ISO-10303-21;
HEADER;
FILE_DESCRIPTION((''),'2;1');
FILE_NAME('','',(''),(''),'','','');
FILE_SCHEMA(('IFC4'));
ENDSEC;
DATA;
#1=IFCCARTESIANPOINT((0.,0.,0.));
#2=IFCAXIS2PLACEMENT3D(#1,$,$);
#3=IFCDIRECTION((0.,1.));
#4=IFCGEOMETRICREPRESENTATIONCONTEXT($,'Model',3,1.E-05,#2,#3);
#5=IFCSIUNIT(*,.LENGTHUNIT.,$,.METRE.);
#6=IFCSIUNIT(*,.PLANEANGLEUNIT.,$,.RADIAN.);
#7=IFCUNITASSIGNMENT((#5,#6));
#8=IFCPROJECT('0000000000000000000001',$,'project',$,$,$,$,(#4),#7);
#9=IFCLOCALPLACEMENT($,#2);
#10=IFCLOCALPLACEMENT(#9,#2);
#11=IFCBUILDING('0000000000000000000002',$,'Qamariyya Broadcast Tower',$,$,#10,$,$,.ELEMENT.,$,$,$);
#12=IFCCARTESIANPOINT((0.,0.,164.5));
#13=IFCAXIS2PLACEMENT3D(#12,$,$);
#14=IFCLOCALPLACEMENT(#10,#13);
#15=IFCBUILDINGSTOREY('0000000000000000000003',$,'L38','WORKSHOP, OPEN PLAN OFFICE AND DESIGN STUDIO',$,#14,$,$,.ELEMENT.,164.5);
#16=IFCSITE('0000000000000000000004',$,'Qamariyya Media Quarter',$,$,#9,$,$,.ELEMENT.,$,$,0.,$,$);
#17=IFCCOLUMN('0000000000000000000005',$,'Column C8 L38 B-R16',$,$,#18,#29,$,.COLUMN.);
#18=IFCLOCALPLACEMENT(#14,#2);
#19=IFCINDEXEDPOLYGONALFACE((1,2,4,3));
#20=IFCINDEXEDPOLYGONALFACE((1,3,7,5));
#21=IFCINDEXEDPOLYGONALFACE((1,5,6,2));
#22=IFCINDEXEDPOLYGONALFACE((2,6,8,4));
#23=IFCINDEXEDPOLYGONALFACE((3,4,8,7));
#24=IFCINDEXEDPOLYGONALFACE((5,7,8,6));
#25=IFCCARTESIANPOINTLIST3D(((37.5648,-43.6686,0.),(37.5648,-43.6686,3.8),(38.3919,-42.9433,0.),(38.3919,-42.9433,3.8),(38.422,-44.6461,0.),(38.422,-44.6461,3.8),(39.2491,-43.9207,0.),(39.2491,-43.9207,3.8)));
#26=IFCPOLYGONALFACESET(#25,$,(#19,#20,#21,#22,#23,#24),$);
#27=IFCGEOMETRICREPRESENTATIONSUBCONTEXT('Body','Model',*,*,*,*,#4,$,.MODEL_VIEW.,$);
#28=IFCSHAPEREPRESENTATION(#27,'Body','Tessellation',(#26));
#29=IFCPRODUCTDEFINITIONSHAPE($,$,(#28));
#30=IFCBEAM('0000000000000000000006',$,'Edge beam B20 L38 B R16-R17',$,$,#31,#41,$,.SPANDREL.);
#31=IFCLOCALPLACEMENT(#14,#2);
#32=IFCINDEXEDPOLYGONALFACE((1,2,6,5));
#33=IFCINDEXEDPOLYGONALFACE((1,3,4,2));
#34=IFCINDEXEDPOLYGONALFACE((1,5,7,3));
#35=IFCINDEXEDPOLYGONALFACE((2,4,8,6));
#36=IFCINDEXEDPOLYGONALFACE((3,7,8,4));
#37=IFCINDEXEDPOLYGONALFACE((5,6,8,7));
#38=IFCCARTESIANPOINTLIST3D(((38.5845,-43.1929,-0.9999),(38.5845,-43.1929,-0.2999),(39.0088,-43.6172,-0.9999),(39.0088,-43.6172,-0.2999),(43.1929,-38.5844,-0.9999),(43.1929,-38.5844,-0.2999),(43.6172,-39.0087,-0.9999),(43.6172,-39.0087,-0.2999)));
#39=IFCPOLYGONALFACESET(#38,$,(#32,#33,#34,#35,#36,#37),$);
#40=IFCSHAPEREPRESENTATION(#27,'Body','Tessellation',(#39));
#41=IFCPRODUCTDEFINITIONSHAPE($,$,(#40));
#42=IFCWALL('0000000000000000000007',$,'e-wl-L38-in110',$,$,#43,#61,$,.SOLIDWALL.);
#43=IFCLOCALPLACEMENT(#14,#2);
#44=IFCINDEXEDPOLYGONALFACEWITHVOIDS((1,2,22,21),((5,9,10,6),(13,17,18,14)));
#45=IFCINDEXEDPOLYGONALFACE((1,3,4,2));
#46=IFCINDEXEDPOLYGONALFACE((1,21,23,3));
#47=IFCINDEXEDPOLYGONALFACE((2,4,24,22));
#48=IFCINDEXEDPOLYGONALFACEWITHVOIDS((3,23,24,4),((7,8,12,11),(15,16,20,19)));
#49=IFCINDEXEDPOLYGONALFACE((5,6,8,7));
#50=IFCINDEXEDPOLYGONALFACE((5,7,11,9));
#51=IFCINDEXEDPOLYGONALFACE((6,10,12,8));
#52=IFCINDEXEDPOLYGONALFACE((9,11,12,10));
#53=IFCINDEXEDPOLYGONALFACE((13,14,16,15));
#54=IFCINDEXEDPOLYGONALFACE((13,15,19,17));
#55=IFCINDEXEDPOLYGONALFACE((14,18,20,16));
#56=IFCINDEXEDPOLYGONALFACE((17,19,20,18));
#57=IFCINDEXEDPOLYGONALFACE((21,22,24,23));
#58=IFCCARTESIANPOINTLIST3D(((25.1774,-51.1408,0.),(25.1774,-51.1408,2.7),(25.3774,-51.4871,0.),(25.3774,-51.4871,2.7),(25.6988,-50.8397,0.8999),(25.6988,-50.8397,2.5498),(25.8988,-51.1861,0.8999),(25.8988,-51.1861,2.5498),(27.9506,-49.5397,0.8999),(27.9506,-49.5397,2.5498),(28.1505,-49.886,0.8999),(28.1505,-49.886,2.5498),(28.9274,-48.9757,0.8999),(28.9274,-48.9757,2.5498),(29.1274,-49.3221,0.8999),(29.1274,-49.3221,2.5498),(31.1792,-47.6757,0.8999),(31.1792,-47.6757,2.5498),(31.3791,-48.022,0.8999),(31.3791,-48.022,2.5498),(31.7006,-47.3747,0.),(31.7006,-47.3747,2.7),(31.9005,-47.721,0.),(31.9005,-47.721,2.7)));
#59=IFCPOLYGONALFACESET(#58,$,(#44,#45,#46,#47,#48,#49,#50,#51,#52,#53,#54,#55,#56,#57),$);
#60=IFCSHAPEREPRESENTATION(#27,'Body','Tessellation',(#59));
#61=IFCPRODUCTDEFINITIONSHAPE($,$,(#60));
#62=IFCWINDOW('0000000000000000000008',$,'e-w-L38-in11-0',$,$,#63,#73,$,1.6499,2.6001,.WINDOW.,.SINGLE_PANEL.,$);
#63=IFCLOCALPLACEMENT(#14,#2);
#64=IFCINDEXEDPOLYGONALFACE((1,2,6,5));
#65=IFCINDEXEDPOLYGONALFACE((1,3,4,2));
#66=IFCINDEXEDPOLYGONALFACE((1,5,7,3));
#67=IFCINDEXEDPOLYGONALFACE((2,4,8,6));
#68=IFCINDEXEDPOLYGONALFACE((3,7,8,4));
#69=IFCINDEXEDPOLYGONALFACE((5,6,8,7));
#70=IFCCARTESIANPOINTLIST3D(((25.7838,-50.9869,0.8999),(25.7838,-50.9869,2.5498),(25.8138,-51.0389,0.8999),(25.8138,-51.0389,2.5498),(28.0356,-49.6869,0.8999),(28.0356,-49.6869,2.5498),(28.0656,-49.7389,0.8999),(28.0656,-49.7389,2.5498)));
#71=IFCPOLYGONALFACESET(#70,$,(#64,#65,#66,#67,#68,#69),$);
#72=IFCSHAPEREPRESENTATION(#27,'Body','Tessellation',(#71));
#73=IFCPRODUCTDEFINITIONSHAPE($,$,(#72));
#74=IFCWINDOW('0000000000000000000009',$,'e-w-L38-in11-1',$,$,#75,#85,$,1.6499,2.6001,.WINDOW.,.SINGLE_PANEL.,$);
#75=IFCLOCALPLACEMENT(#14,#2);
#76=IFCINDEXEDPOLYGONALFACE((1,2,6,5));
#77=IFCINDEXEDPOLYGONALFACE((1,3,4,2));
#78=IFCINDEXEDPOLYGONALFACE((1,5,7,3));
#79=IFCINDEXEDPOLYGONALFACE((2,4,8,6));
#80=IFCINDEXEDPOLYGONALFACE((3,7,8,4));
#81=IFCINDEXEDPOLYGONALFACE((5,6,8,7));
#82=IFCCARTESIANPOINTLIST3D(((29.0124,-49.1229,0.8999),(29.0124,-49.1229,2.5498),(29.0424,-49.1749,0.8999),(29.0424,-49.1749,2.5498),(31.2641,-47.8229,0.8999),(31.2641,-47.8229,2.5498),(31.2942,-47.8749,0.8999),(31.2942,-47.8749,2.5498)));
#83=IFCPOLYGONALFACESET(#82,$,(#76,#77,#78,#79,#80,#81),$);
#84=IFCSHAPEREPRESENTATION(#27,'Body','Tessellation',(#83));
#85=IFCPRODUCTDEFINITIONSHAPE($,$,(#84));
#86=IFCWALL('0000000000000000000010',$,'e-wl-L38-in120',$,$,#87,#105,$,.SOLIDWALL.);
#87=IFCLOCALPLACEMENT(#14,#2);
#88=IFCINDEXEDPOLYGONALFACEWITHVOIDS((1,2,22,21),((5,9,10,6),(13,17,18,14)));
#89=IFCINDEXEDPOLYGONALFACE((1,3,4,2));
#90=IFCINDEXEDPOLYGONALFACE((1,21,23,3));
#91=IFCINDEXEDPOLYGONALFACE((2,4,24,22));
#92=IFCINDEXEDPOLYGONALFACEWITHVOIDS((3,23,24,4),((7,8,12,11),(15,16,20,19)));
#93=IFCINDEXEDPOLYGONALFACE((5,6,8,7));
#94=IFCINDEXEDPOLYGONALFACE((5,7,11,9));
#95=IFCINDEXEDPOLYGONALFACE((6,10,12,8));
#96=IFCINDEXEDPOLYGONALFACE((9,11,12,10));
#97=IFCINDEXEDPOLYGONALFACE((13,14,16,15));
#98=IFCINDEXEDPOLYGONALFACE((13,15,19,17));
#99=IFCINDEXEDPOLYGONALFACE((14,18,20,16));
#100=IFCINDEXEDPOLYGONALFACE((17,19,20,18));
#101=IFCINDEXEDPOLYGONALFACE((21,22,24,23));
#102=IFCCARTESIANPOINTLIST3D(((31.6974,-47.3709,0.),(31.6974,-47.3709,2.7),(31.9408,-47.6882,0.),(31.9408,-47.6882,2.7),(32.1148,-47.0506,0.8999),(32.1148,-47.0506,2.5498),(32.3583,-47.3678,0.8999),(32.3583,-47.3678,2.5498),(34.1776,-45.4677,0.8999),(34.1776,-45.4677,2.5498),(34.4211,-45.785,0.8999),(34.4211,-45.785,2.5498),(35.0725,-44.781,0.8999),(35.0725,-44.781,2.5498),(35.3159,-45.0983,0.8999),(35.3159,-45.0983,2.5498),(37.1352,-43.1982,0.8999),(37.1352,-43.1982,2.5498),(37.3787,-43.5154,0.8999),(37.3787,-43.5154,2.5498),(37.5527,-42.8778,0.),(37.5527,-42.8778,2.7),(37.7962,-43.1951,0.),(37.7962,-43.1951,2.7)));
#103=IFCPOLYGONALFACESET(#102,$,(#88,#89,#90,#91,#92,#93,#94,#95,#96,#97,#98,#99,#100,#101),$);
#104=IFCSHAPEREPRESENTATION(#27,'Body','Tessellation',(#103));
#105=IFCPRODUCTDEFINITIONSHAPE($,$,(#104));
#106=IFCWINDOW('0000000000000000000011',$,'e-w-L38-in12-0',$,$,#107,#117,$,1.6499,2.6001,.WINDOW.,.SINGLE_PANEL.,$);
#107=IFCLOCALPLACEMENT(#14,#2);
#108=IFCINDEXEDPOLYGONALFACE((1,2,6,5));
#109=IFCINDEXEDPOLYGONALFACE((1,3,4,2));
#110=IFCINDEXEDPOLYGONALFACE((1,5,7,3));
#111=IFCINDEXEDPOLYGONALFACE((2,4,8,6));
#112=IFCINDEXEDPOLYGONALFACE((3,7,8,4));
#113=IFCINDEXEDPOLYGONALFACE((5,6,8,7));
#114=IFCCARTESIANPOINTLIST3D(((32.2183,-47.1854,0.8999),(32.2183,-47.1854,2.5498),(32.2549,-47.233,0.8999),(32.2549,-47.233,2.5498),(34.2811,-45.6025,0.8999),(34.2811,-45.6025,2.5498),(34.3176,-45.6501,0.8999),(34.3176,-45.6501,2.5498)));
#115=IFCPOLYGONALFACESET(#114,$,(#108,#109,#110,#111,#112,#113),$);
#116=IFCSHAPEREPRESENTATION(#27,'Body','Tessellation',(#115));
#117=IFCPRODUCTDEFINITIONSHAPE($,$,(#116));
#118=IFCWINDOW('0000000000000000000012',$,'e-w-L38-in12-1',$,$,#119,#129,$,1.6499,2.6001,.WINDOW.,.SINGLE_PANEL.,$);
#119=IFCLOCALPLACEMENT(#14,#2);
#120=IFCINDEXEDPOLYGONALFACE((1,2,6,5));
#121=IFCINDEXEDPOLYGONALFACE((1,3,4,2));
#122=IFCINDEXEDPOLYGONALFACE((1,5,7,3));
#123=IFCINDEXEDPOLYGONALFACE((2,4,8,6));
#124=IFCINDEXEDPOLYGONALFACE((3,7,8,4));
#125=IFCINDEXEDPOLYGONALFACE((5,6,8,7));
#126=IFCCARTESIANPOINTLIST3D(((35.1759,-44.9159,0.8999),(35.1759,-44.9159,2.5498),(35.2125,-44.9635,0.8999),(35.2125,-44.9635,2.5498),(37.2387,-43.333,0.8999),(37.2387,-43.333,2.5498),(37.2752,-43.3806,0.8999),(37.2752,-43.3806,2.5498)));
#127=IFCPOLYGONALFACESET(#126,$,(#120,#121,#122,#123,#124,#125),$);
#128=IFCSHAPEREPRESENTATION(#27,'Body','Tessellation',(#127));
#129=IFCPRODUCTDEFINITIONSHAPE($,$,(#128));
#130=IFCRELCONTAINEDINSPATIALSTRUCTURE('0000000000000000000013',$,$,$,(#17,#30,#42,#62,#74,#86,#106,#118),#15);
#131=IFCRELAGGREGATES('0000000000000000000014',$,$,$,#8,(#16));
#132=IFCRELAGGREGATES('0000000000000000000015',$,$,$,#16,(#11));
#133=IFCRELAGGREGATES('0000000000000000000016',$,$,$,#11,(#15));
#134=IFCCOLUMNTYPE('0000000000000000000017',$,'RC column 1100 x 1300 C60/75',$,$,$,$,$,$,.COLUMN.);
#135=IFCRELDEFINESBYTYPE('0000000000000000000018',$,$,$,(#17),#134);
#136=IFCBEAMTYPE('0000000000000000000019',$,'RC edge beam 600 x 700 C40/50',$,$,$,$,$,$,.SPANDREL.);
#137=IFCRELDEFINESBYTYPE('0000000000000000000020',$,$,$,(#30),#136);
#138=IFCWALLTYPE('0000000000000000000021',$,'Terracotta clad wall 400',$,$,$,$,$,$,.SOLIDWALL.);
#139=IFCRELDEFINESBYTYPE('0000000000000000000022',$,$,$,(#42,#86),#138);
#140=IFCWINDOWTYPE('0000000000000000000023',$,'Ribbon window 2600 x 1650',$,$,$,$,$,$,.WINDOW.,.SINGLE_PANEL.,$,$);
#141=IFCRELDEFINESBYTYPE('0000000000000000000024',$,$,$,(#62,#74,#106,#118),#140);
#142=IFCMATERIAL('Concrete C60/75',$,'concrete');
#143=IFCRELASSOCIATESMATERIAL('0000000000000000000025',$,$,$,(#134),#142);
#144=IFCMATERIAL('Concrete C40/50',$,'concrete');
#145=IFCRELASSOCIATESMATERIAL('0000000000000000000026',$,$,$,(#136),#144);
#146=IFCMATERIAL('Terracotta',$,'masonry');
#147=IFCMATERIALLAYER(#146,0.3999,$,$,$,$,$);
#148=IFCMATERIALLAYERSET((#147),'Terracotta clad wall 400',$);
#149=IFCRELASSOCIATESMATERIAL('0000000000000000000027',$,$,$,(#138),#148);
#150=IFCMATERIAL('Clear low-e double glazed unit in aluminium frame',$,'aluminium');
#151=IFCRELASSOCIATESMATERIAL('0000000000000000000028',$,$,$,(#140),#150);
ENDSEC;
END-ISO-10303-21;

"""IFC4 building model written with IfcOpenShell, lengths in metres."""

from ifc_helpers import new_model, si_unit, direction, frame, frame_2d, origin, origin_2d, place, context, subcontext, project, spatial, rectangle, extrude, material, layer, layer_set, material_profile, profile_set, type_object, element, fill, save


model = new_model("IFC4")

# Units and contexts
model_context = context("Model", 3, precision=1e-05, world=origin(), true_north=direction((0.0, 1.0)))
body_context = subcontext(model_context, "Body", "Model", "MODEL_VIEW")
ifc_project = project(units=[si_unit("LENGTHUNIT", "METRE"), si_unit("PLANEANGLEUNIT", "RADIAN")], contexts=[model_context])

# Site, building, storey
site_placement = place(None, origin())
site = spatial("IfcSite", under=ifc_project, at=site_placement, Name="Qamariyya Media Quarter", CompositionType="ELEMENT", RefElevation=0.0)
building_placement = place(site_placement, origin())
building = spatial("IfcBuilding", under=site, at=building_placement, Name="Qamariyya Broadcast Tower", CompositionType="ELEMENT")
storey_placement = place(building_placement, frame((0.0, 0.0, 164.5)))
storey = spatial("IfcBuildingStorey", under=building, at=storey_placement, Name="L38", Description="WORKSHOP, OPEN PLAN OFFICE AND DESIGN STUDIO", CompositionType="ELEMENT", Elevation=164.5)

# Column
ifc_material_1 = material(Name="Concrete C60/75", Category="concrete")
ifc_material_profile_1 = material_profile(ifc_material_1, rectangle(XDim=1.1001, YDim=1.3, at=origin_2d()))
ifc_profile_set_1 = profile_set([ifc_material_profile_1], Name="Concrete C60/75")
column_type = type_object("IfcColumnType", Name="RC column 1100 x 1300 C60/75", PredefinedType="COLUMN", material=ifc_profile_set_1)
column_placement = place(storey_placement, frame((38.407, -43.7947, 0.0), z_axis=(0.0, 0.0, 1.0), x_axis=(0.75184, 0.659346, 0.0)))
element("IfcColumn", 1, at=column_placement, inside=storey, type_object=column_type, Name="Column C8 L38 B-R16", PredefinedType="COLUMN", context=body_context, shape_type="SweptSolid", body=[
    extrude(rectangle(XDim=1.1001, YDim=1.3, at=origin_2d()), origin(), (0.0, 0.0, 1.0), 3.8),
])

# Beam
ifc_material_2 = material(Name="Concrete C40/50", Category="concrete")
ifc_material_profile_2 = material_profile(ifc_material_2, rectangle(XDim=0.6001, YDim=0.7, at=origin_2d()))
ifc_profile_set_2 = profile_set([ifc_material_profile_2], Name="Concrete C40/50")
beam_type = type_object("IfcBeamType", Name="RC edge beam 600 x 700 C40/50", PredefinedType="SPANDREL", material=ifc_profile_set_2)
beam_placement = place(storey_placement, frame((38.7966, -43.405, -0.6499), z_axis=(0.707107, 0.707107, 0.0), x_axis=(-0.707107, 0.707107, 0.0)))
element("IfcBeam", 2, at=beam_placement, inside=storey, type_object=beam_type, Name="Edge beam B20 L38 B R16-R17", PredefinedType="SPANDREL", context=body_context, shape_type="SweptSolid", body=[
    extrude(rectangle(XDim=0.6001, YDim=0.7, at=origin_2d()), origin(), (0.0, 0.0, 1.0), 6.5173),
])

# Walls, openings, windows
ifc_material_3 = material(Name="Terracotta", Category="masonry")
ifc_layer = layer(ifc_material_3, 0.3999)
ifc_layer_set = layer_set([ifc_layer], Name="Terracotta clad wall 400")
wall_type = type_object("IfcWallType", Name="Terracotta clad wall 400", PredefinedType="SOLIDWALL", material=ifc_layer_set)
wall_1_placement = place(storey_placement, frame((31.8005, -47.5479, 0.0), z_axis=(0.0, 0.0, 1.0), x_axis=(-0.866029, -0.499995, 0.0)))
wall_1 = element("IfcWall", 3, at=wall_1_placement, inside=storey, type_object=wall_type, Name="e-wl-L38-in110", PredefinedType="SOLIDWALL", context=body_context, shape_type="SweptSolid", body=[
    extrude(rectangle(XDim=7.5322, YDim=0.3999, at=frame_2d((3.7661, 0.0))), origin(), (0.0, 0.0, 1.0), 2.7),
])
opening_1_placement = place(wall_1_placement, frame((4.3301, 0.0, 0.8999)))
opening_1 = element("IfcOpeningElement", 4, at=opening_1_placement, cuts=wall_1, PredefinedType="OPENING", context=body_context, shape_type="SweptSolid", body=[
    extrude(rectangle(XDim=2.6001, YDim=1.6499, at=frame_2d((1.3, 0.825))), frame((0.0, 0.21, 0.0), z_axis=(0.0, -1.0, 0.0), x_axis=(1.0, 0.0, 0.0)), (0.0, 0.0, 1.0), 0.4199),
])
opening_2_placement = place(wall_1_placement, frame((0.6021, 0.0, 0.8999)))
opening_2 = element("IfcOpeningElement", 5, at=opening_2_placement, cuts=wall_1, PredefinedType="OPENING", context=body_context, shape_type="SweptSolid", body=[
    extrude(rectangle(XDim=2.6001, YDim=1.6499, at=frame_2d((1.3, 0.825))), frame((0.0, 0.21, 0.0), z_axis=(0.0, -1.0, 0.0), x_axis=(1.0, 0.0, 0.0)), (0.0, 0.0, 1.0), 0.4199),
])
ifc_material_4 = material(Name="Clear low-e double glazed unit in aluminium frame", Category="aluminium")
window_type = type_object("IfcWindowType", Name="Ribbon window 2600 x 1650", PartitioningType="SINGLE_PANEL", PredefinedType="WINDOW", material=ifc_material_4)
window_1_placement = place(opening_1_placement, origin())
window_1 = element("IfcWindow", 6, at=window_1_placement, inside=storey, type_object=window_type, Name="e-w-L38-in11-0", OverallHeight=1.6499, OverallWidth=2.6001, PartitioningType="SINGLE_PANEL", PredefinedType="WINDOW", context=body_context, shape_type="SweptSolid", body=[
    extrude(rectangle(XDim=2.6001, YDim=1.6499, at=frame_2d((1.3, 0.825))), frame((0.0, 0.03, 0.0), z_axis=(0.0, -1.0, 0.0), x_axis=(1.0, 0.0, 0.0)), (0.0, 0.0, 1.0), 0.0601),
])
fill(opening_1, window_1)
window_2_placement = place(opening_2_placement, origin())
window_2 = element("IfcWindow", 7, at=window_2_placement, inside=storey, type_object=window_type, Name="e-w-L38-in11-1", OverallHeight=1.6499, OverallWidth=2.6001, PartitioningType="SINGLE_PANEL", PredefinedType="WINDOW", context=body_context, shape_type="SweptSolid", body=[
    extrude(rectangle(XDim=2.6001, YDim=1.6499, at=frame_2d((1.3, 0.825))), frame((0.0, 0.03, 0.0), z_axis=(0.0, -1.0, 0.0), x_axis=(1.0, 0.0, 0.0)), (0.0, 0.0, 1.0), 0.0601),
])
fill(opening_2, window_2)
wall_2_placement = place(storey_placement, frame((37.6746, -43.0364, 0.0), z_axis=(0.0, 0.0, 1.0), x_axis=(-0.793346, -0.60877, 0.0)))
wall_2 = element("IfcWall", 8, at=wall_2_placement, inside=storey, type_object=wall_type, Name="e-wl-L38-in120", PredefinedType="SOLIDWALL", context=body_context, shape_type="SweptSolid", body=[
    extrude(rectangle(XDim=7.3806, YDim=0.3999, at=frame_2d((3.6904, 0.0))), origin(), (0.0, 0.0, 1.0), 2.7),
])
opening_3_placement = place(wall_2_placement, frame((4.2544, 0.0, 0.8999)))
opening_3 = element("IfcOpeningElement", 9, at=opening_3_placement, cuts=wall_2, PredefinedType="OPENING", context=body_context, shape_type="SweptSolid", body=[
    extrude(rectangle(XDim=2.6001, YDim=1.6499, at=frame_2d((1.3, 0.825))), frame((0.0, 0.21, 0.0), z_axis=(0.0, -1.0, 0.0), x_axis=(1.0, 0.0, 0.0)), (0.0, 0.0, 1.0), 0.4199),
])
opening_4_placement = place(wall_2_placement, frame((0.5264, 0.0, 0.8999)))
opening_4 = element("IfcOpeningElement", 10, at=opening_4_placement, cuts=wall_2, PredefinedType="OPENING", context=body_context, shape_type="SweptSolid", body=[
    extrude(rectangle(XDim=2.6001, YDim=1.6499, at=frame_2d((1.3, 0.825))), frame((0.0, 0.21, 0.0), z_axis=(0.0, -1.0, 0.0), x_axis=(1.0, 0.0, 0.0)), (0.0, 0.0, 1.0), 0.4199),
])
window_3_placement = place(opening_3_placement, origin())
window_3 = element("IfcWindow", 11, at=window_3_placement, inside=storey, type_object=window_type, Name="e-w-L38-in12-0", OverallHeight=1.6499, OverallWidth=2.6001, PartitioningType="SINGLE_PANEL", PredefinedType="WINDOW", context=body_context, shape_type="SweptSolid", body=[
    extrude(rectangle(XDim=2.6001, YDim=1.6499, at=frame_2d((1.3, 0.825))), frame((0.0, 0.03, 0.0), z_axis=(0.0, -1.0, 0.0), x_axis=(1.0, 0.0, 0.0)), (0.0, 0.0, 1.0), 0.0601),
])
fill(opening_3, window_3)
window_4_placement = place(opening_4_placement, origin())
window_4 = element("IfcWindow", 12, at=window_4_placement, inside=storey, type_object=window_type, Name="e-w-L38-in12-1", OverallHeight=1.6499, OverallWidth=2.6001, PartitioningType="SINGLE_PANEL", PredefinedType="WINDOW", context=body_context, shape_type="SweptSolid", body=[
    extrude(rectangle(XDim=2.6001, YDim=1.6499, at=frame_2d((1.3, 0.825))), frame((0.0, 0.03, 0.0), z_axis=(0.0, -1.0, 0.0), x_axis=(1.0, 0.0, 0.0)), (0.0, 0.0, 1.0), 0.0601),
])
fill(opening_4, window_4)

save(model, "model.ifc")
